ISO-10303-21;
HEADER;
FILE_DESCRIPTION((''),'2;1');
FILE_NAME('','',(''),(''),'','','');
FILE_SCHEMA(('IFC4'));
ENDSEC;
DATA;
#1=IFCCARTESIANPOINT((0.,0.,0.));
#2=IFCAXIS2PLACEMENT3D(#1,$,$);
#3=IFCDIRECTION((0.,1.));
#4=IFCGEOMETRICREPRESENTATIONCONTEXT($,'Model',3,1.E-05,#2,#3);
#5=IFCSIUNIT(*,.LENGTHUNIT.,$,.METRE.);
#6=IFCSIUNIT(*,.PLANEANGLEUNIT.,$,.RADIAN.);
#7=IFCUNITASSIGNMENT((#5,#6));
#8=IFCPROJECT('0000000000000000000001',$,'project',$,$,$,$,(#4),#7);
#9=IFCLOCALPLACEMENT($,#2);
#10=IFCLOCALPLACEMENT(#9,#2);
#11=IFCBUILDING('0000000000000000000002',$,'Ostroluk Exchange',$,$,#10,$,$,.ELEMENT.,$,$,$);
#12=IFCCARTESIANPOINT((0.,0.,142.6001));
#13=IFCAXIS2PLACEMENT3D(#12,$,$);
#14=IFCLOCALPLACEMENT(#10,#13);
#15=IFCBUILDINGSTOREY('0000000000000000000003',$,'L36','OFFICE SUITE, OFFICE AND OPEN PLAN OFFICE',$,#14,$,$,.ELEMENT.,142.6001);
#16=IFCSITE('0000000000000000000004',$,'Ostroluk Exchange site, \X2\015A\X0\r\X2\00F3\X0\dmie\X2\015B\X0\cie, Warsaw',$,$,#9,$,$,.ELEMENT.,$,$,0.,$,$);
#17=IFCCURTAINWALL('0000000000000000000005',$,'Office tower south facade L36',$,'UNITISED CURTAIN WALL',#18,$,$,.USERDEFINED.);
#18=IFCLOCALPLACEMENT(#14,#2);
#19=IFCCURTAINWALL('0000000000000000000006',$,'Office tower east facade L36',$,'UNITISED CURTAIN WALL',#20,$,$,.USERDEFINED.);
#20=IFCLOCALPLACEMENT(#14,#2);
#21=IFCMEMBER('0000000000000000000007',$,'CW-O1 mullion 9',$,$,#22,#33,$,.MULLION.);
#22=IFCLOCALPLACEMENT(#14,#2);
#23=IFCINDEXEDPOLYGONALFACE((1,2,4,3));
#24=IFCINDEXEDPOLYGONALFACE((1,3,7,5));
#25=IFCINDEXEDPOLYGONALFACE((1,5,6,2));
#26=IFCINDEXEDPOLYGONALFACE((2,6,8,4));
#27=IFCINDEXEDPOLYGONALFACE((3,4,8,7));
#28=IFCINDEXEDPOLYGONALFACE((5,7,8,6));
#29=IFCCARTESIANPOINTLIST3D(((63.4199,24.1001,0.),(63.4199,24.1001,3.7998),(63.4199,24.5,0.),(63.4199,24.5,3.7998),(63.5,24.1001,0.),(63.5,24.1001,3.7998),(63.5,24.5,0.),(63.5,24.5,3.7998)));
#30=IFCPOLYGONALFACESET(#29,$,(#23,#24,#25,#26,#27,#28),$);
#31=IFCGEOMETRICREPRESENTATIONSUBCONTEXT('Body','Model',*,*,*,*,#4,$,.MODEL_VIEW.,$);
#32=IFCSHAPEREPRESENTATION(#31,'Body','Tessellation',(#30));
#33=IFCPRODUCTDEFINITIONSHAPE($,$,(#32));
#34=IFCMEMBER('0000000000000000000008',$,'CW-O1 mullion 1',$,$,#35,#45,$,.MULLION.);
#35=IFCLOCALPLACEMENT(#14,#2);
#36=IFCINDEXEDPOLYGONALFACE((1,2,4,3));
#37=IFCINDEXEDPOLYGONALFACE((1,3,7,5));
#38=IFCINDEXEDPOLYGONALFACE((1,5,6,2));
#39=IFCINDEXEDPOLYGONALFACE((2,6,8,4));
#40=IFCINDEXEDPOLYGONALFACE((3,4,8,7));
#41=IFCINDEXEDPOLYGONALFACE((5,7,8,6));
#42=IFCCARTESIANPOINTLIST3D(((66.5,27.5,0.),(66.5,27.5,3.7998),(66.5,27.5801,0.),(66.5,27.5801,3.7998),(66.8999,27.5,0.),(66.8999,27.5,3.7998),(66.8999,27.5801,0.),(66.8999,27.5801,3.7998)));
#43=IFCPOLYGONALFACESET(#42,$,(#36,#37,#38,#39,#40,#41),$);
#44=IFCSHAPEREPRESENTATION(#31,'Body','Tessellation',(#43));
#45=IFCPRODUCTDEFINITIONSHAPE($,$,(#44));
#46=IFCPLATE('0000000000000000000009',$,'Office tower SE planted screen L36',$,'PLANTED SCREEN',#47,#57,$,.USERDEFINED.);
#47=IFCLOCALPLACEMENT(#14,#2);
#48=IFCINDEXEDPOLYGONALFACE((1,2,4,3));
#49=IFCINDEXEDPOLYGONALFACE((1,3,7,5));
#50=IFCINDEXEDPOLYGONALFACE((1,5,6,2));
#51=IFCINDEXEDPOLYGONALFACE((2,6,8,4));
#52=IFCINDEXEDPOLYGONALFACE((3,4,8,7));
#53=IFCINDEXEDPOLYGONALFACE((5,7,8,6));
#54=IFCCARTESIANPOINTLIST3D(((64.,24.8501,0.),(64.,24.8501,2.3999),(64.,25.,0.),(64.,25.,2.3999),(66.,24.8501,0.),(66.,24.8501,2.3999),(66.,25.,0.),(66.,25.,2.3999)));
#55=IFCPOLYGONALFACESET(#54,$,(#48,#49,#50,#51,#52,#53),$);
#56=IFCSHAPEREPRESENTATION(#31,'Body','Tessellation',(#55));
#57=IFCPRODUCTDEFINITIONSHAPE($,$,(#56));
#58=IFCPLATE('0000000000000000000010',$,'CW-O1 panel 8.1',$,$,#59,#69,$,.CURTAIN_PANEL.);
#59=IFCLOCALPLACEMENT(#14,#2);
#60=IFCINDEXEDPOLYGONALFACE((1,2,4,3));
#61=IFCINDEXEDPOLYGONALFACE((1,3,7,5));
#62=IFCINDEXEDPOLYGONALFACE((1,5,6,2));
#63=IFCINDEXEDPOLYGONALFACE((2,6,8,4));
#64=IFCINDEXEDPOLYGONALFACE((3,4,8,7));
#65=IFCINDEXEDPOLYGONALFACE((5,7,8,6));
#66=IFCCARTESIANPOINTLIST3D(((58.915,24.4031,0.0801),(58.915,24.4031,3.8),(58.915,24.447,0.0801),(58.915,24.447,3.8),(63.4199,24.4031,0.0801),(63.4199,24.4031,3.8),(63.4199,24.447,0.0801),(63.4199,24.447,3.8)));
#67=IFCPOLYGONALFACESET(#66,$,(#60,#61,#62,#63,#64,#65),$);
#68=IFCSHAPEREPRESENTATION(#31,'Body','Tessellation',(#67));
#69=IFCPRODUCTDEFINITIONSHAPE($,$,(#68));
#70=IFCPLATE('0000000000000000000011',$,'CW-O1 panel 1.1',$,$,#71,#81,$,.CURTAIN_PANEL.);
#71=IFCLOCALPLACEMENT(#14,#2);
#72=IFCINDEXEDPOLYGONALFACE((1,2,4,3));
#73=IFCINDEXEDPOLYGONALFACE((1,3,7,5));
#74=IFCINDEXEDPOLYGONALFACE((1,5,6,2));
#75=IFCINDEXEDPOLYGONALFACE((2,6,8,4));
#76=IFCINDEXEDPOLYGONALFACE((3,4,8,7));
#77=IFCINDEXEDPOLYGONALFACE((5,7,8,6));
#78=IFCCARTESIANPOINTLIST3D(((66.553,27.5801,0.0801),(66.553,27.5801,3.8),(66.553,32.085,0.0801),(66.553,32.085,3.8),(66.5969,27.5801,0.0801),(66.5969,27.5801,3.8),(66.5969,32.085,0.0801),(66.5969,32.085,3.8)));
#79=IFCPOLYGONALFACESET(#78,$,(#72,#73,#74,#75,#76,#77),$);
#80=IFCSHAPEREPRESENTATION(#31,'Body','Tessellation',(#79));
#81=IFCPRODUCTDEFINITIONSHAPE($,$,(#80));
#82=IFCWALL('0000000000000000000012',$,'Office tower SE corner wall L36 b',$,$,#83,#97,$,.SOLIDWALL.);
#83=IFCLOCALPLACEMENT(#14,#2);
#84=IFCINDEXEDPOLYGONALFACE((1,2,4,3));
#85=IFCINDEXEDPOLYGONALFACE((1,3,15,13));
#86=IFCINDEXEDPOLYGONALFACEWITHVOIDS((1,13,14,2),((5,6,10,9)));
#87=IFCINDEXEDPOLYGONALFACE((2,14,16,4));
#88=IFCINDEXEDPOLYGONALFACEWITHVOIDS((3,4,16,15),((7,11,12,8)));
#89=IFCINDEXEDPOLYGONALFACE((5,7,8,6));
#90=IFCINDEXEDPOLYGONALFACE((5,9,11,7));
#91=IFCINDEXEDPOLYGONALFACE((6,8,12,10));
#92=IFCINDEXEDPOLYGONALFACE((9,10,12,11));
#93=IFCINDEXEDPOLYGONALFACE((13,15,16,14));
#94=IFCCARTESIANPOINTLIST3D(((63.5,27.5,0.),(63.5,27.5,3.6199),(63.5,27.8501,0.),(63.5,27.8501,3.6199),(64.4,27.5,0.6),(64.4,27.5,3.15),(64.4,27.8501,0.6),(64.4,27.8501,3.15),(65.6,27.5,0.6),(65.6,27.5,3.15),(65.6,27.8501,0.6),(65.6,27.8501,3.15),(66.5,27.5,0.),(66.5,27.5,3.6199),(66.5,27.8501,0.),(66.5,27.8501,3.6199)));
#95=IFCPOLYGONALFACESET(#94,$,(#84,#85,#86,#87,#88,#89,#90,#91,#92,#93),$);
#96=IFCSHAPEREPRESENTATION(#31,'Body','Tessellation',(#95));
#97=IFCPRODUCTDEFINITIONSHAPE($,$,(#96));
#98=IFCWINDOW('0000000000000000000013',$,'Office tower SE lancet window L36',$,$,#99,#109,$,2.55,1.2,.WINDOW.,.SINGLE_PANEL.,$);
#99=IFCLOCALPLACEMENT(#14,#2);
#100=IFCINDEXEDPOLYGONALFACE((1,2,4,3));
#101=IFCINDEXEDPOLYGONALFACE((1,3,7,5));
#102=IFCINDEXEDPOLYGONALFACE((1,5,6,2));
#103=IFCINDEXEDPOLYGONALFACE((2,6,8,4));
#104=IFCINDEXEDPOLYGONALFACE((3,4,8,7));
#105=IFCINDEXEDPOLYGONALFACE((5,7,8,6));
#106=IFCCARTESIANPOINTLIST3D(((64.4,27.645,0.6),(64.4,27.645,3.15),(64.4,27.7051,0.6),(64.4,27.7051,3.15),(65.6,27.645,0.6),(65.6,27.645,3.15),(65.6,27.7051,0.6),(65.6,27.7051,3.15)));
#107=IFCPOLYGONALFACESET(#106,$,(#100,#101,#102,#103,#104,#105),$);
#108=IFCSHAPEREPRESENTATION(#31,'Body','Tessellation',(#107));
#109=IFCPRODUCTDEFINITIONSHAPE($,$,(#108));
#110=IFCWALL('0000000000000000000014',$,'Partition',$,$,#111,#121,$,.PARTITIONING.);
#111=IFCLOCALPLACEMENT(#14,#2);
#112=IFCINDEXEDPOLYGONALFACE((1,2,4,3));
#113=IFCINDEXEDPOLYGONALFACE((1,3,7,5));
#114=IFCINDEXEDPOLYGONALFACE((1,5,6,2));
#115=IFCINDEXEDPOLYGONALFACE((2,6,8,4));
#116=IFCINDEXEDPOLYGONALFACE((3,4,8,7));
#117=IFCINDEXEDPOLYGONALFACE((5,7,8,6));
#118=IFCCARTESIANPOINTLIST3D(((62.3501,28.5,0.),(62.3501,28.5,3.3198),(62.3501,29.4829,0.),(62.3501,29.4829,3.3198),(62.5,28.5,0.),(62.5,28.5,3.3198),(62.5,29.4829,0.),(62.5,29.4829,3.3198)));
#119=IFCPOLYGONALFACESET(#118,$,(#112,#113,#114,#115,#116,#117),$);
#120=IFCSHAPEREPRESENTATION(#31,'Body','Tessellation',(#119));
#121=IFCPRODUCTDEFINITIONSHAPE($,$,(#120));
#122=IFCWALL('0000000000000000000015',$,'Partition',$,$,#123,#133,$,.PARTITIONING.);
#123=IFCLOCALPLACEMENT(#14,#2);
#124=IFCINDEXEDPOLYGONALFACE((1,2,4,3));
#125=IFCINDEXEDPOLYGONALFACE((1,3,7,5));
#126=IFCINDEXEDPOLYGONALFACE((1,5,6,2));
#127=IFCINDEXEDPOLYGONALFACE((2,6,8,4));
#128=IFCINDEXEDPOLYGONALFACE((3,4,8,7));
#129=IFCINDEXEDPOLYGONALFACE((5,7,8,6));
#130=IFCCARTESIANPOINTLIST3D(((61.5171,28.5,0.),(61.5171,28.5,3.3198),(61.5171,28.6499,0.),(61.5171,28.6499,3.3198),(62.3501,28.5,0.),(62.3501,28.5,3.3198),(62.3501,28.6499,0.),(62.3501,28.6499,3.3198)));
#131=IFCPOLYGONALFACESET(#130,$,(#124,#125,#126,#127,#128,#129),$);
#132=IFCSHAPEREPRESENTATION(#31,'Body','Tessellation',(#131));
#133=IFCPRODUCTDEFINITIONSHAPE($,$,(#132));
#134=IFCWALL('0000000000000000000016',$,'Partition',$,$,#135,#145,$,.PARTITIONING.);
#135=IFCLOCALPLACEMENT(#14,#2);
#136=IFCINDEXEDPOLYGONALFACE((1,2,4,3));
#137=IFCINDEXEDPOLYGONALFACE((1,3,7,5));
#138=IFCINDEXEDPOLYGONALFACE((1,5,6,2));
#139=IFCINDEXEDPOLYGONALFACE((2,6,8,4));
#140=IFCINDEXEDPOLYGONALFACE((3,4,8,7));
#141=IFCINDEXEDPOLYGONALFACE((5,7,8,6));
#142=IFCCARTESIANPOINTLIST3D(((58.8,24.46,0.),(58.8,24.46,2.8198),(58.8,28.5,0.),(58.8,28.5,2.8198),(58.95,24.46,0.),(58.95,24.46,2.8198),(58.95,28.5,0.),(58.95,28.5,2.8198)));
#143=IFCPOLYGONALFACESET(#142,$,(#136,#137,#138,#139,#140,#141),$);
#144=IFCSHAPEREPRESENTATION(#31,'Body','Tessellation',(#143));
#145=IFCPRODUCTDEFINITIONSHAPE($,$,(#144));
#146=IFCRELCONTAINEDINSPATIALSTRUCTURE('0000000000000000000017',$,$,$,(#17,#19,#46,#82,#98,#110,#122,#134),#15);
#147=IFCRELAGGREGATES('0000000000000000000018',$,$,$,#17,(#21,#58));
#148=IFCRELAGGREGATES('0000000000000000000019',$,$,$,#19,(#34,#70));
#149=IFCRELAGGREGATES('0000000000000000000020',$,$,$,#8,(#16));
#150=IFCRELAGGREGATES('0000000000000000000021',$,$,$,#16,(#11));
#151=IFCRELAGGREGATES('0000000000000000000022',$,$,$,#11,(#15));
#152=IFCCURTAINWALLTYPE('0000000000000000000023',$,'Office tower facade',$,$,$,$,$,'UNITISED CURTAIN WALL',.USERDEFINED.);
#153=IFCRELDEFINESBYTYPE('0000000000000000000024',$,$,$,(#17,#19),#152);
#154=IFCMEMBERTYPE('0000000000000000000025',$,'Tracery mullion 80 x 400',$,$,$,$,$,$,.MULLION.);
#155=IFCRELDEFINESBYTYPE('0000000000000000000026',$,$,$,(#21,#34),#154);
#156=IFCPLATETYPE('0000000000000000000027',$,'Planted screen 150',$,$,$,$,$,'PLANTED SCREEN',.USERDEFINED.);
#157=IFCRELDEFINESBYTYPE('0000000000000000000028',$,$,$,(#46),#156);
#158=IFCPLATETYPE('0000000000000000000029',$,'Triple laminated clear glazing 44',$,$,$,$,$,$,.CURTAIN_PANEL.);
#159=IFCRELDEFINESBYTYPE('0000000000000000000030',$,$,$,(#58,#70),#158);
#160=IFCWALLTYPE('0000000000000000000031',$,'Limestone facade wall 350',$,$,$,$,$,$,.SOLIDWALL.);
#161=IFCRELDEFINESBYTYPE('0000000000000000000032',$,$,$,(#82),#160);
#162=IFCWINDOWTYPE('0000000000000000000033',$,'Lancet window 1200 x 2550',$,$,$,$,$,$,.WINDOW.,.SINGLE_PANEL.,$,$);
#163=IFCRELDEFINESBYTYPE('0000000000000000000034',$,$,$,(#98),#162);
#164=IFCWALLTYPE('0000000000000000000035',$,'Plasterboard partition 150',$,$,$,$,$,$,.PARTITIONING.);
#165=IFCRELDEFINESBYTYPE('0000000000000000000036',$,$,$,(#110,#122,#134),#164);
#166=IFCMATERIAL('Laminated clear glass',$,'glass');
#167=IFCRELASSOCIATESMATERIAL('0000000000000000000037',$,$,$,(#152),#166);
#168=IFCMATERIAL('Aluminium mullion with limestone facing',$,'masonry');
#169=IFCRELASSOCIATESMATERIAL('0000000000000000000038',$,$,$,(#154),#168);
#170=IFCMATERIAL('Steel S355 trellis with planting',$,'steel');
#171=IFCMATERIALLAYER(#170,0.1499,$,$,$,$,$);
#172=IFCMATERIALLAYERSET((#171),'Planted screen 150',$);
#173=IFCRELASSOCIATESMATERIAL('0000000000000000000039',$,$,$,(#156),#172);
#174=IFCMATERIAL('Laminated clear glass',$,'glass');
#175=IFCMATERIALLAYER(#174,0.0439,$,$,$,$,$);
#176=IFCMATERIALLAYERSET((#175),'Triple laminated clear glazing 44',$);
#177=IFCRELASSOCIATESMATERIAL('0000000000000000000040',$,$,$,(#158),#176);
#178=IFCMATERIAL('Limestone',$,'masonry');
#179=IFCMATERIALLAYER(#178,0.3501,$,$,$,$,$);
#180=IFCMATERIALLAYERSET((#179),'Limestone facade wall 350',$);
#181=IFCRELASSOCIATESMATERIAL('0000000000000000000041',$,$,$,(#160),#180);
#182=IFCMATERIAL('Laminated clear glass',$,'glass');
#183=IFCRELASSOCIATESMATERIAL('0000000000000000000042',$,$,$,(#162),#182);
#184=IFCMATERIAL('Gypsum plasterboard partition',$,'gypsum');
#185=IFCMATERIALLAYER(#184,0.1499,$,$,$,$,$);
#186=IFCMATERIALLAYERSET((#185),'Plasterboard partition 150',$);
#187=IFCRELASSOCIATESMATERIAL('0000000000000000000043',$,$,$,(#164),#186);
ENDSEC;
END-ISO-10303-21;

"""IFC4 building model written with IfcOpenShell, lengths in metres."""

from ifc_helpers import new_model, si_unit, direction, frame, frame_2d, origin, origin_2d, place, context, subcontext, project, spatial, rectangle, extrude, material, layer, layer_set, material_profile, profile_set, type_object, element, fill, aggregate, save


model = new_model("IFC4")

# Units and contexts
model_context = context("Model", 3, precision=1e-05, world=origin(), true_north=direction((0.0, 1.0)))
body_context = subcontext(model_context, "Body", "Model", "MODEL_VIEW")
ifc_project = project(units=[si_unit("LENGTHUNIT", "METRE"), si_unit("PLANEANGLEUNIT", "RADIAN")], contexts=[model_context])

# Site, building, storey
site_placement = place(None, origin())
site = spatial("IfcSite", under=ifc_project, at=site_placement, Name="Ostroluk Exchange site, Śródmieście, Warsaw", CompositionType="ELEMENT", RefElevation=0.0)
building_placement = place(site_placement, origin())
building = spatial("IfcBuilding", under=site, at=building_placement, Name="Ostroluk Exchange", CompositionType="ELEMENT")
storey_placement = place(building_placement, frame((0.0, 0.0, 142.6001)))
storey = spatial("IfcBuildingStorey", under=building, at=storey_placement, Name="L36", Description="OFFICE SUITE, OFFICE AND OPEN PLAN OFFICE", CompositionType="ELEMENT", Elevation=142.6001)

# Curtain walls
ifc_material_1 = material(Name="Laminated clear glass", Category="glass")
curtain_wall_type = type_object("IfcCurtainWallType", Name="Office tower facade", ElementType="UNITISED CURTAIN WALL", PredefinedType="USERDEFINED", material=ifc_material_1)
curtain_wall_1_placement = place(storey_placement, origin())
curtain_wall_1 = element("IfcCurtainWall", 1, at=curtain_wall_1_placement, inside=storey, type_object=curtain_wall_type, Name="Office tower south facade L36", ObjectType="UNITISED CURTAIN WALL", PredefinedType="USERDEFINED")
curtain_wall_2_placement = place(storey_placement, origin())
curtain_wall_2 = element("IfcCurtainWall", 2, at=curtain_wall_2_placement, inside=storey, type_object=curtain_wall_type, Name="Office tower east facade L36", ObjectType="UNITISED CURTAIN WALL", PredefinedType="USERDEFINED")

# Members
ifc_material_2 = material(Name="Aluminium mullion with limestone facing", Category="masonry")
ifc_material_profile_1 = material_profile(ifc_material_2, rectangle(XDim=0.3999, YDim=0.0801, at=origin_2d()), Name="Tracery mullion 80 x 400")
ifc_profile_set_1 = profile_set([ifc_material_profile_1], Name="Aluminium mullion with limestone facing")
member_type_1 = type_object("IfcMemberType", Name="Tracery mullion 80 x 400", PredefinedType="MULLION", material=ifc_profile_set_1)
member_1_placement = place(storey_placement, frame((63.46, 24.3, 0.0), z_axis=(0.0, 0.0, 1.0), x_axis=(0.0, 1.0, 0.0)))
member_1 = element("IfcMember", 3, at=member_1_placement, type_object=member_type_1, Name="CW-O1 mullion 9", PredefinedType="MULLION", context=body_context, shape_type="SweptSolid", body=[
    extrude(rectangle(XDim=0.3999, YDim=0.0801, at=origin_2d()), origin(), (0.0, 0.0, 1.0), 3.7998),
])
member_2_placement = place(storey_placement, frame((66.7, 27.54, 0.0), z_axis=(0.0, 0.0, 1.0), x_axis=(-1.0, 0.0, 0.0)))
member_2 = element("IfcMember", 4, at=member_2_placement, type_object=member_type_1, Name="CW-O1 mullion 1", PredefinedType="MULLION", context=body_context, shape_type="SweptSolid", body=[
    extrude(rectangle(XDim=0.3999, YDim=0.0801, at=origin_2d()), origin(), (0.0, 0.0, 1.0), 3.7998),
])

# Plates
ifc_material_3 = material(Name="Steel S355 trellis with planting", Category="steel")
ifc_layer_1 = layer(ifc_material_3, 0.1499)
ifc_layer_set_1 = layer_set([ifc_layer_1], Name="Planted screen 150")
plate_type_1 = type_object("IfcPlateType", Name="Planted screen 150", ElementType="PLANTED SCREEN", PredefinedType="USERDEFINED", material=ifc_layer_set_1)
plate_1_placement = place(storey_placement, frame((65.0, 24.925, 0.0), z_axis=(0.0, 0.0, 1.0), x_axis=(1.0, 0.0, 0.0)))
element("IfcPlate", 5, at=plate_1_placement, inside=storey, type_object=plate_type_1, Name="Office tower SE planted screen L36", ObjectType="PLANTED SCREEN", PredefinedType="USERDEFINED", context=body_context, shape_type="SweptSolid", body=[
    extrude(rectangle(XDim=2.0, YDim=0.1499, at=origin_2d()), origin(), (0.0, 0.0, 1.0), 2.3999),
])
ifc_material_4 = material(Name="Laminated clear glass", Category="glass")
ifc_layer_2 = layer(ifc_material_4, 0.0439)
ifc_layer_set_2 = layer_set([ifc_layer_2], Name="Triple laminated clear glazing 44")
plate_type_2 = type_object("IfcPlateType", Name="Triple laminated clear glazing 44", PredefinedType="CURTAIN_PANEL", material=ifc_layer_set_2)
plate_2_placement = place(storey_placement, frame((61.1675, 24.425, 0.0801), z_axis=(0.0, 0.0, 1.0), x_axis=(1.0, 0.0, 0.0)))
plate_2 = element("IfcPlate", 6, at=plate_2_placement, type_object=plate_type_2, Name="CW-O1 panel 8.1", PredefinedType="CURTAIN_PANEL", context=body_context, shape_type="SweptSolid", body=[
    extrude(rectangle(XDim=4.5049, YDim=0.0439, at=origin_2d()), origin(), (0.0, 0.0, 1.0), 3.72),
])
aggregate(curtain_wall_1, [member_1, plate_2])
plate_3_placement = place(storey_placement, frame((66.575, 29.8325, 0.0801), z_axis=(0.0, 0.0, 1.0), x_axis=(0.0, 1.0, 0.0)))
plate_3 = element("IfcPlate", 7, at=plate_3_placement, type_object=plate_type_2, Name="CW-O1 panel 1.1", PredefinedType="CURTAIN_PANEL", context=body_context, shape_type="SweptSolid", body=[
    extrude(rectangle(XDim=4.5049, YDim=0.0439, at=origin_2d()), origin(), (0.0, 0.0, 1.0), 3.72),
])
aggregate(curtain_wall_2, [member_2, plate_3])

# Shared definitions
ifc_material_5 = material(Name="Limestone", Category="masonry")
ifc_layer_3 = layer(ifc_material_5, 0.3501)
ifc_layer_set_3 = layer_set([ifc_layer_3], Name="Limestone facade wall 350")
wall_type_1 = type_object("IfcWallType", Name="Limestone facade wall 350", PredefinedType="SOLIDWALL", material=ifc_layer_set_3)

# Wall, opening, window
wall_1_placement = place(storey_placement, frame((63.5, 27.675, 0.0), z_axis=(0.0, 0.0, 1.0), x_axis=(1.0, 0.0, 0.0)))
wall_1 = element("IfcWall", 8, at=wall_1_placement, inside=storey, type_object=wall_type_1, Name="Office tower SE corner wall L36 b", PredefinedType="SOLIDWALL", context=body_context, shape_type="SweptSolid", body=[
    extrude(rectangle(XDim=3.0, YDim=0.3501, at=frame_2d((1.5, 0.0))), origin(), (0.0, 0.0, 1.0), 3.6199),
])
opening_1_placement = place(wall_1_placement, frame((0.8999, 0.0, 0.6001)))
opening_1 = element("IfcOpeningElement", 9, at=opening_1_placement, cuts=wall_1, PredefinedType="OPENING", context=body_context, shape_type="SweptSolid", body=[
    extrude(rectangle(XDim=1.2, YDim=2.55, at=frame_2d((0.6001, 1.2749))), frame((0.0, 0.1851, 0.0), z_axis=(0.0, -1.0, 0.0), x_axis=(1.0, 0.0, 0.0)), (0.0, 0.0, 1.0), 0.3701),
])
ifc_material_6 = material(Name="Laminated clear glass", Category="glass")
window_type = type_object("IfcWindowType", Name="Lancet window 1200 x 2550", PartitioningType="SINGLE_PANEL", PredefinedType="WINDOW", material=ifc_material_6)
window_placement = place(opening_1_placement, origin())
window = element("IfcWindow", 10, at=window_placement, inside=storey, type_object=window_type, Name="Office tower SE lancet window L36", OverallHeight=2.55, OverallWidth=1.2, PartitioningType="SINGLE_PANEL", PredefinedType="WINDOW", context=body_context, shape_type="SweptSolid", body=[
    extrude(rectangle(XDim=1.2, YDim=2.55, at=frame_2d((0.6001, 1.2749))), frame((0.0, 0.03, 0.0), z_axis=(0.0, -1.0, 0.0), x_axis=(1.0, 0.0, 0.0)), (0.0, 0.0, 1.0), 0.0601),
])
fill(opening_1, window)

# Walls
ifc_material_7 = material(Name="Gypsum plasterboard partition", Category="gypsum")
ifc_layer_4 = layer(ifc_material_7, 0.1499)
ifc_layer_set_4 = layer_set([ifc_layer_4], Name="Plasterboard partition 150")
wall_type_2 = type_object("IfcWallType", Name="Plasterboard partition 150", PredefinedType="PARTITIONING", material=ifc_layer_set_4)
wall_2_placement = place(storey_placement, frame((62.425, 28.5, 0.0), z_axis=(0.0, 0.0, 1.0), x_axis=(0.0, 1.0, 0.0)))
element("IfcWall", 11, at=wall_2_placement, inside=storey, type_object=wall_type_2, Name="Partition", PredefinedType="PARTITIONING", context=body_context, shape_type="SweptSolid", body=[
    extrude(rectangle(XDim=0.9829, YDim=0.1499, at=frame_2d((0.4915, 0.0))), origin(), (0.0, 0.0, 1.0), 3.3198),
])
wall_3_placement = place(storey_placement, frame((61.5171, 28.575, 0.0), z_axis=(0.0, 0.0, 1.0), x_axis=(1.0, 0.0, 0.0)))
element("IfcWall", 12, at=wall_3_placement, inside=storey, type_object=wall_type_2, Name="Partition", PredefinedType="PARTITIONING", context=body_context, shape_type="SweptSolid", body=[
    extrude(rectangle(XDim=0.833, YDim=0.1499, at=frame_2d((0.4165, 0.0))), origin(), (0.0, 0.0, 1.0), 3.3198),
])
wall_4_placement = place(storey_placement, frame((58.875, 28.5, 0.0), z_axis=(0.0, 0.0, 1.0), x_axis=(0.0, -1.0, 0.0)))
element("IfcWall", 13, at=wall_4_placement, inside=storey, type_object=wall_type_2, Name="Partition", PredefinedType="PARTITIONING", context=body_context, shape_type="SweptSolid", body=[
    extrude(rectangle(XDim=4.04, YDim=0.1499, at=frame_2d((2.02, 0.0))), origin(), (0.0, 0.0, 1.0), 2.8198),
])

save(model, "model.ifc")
